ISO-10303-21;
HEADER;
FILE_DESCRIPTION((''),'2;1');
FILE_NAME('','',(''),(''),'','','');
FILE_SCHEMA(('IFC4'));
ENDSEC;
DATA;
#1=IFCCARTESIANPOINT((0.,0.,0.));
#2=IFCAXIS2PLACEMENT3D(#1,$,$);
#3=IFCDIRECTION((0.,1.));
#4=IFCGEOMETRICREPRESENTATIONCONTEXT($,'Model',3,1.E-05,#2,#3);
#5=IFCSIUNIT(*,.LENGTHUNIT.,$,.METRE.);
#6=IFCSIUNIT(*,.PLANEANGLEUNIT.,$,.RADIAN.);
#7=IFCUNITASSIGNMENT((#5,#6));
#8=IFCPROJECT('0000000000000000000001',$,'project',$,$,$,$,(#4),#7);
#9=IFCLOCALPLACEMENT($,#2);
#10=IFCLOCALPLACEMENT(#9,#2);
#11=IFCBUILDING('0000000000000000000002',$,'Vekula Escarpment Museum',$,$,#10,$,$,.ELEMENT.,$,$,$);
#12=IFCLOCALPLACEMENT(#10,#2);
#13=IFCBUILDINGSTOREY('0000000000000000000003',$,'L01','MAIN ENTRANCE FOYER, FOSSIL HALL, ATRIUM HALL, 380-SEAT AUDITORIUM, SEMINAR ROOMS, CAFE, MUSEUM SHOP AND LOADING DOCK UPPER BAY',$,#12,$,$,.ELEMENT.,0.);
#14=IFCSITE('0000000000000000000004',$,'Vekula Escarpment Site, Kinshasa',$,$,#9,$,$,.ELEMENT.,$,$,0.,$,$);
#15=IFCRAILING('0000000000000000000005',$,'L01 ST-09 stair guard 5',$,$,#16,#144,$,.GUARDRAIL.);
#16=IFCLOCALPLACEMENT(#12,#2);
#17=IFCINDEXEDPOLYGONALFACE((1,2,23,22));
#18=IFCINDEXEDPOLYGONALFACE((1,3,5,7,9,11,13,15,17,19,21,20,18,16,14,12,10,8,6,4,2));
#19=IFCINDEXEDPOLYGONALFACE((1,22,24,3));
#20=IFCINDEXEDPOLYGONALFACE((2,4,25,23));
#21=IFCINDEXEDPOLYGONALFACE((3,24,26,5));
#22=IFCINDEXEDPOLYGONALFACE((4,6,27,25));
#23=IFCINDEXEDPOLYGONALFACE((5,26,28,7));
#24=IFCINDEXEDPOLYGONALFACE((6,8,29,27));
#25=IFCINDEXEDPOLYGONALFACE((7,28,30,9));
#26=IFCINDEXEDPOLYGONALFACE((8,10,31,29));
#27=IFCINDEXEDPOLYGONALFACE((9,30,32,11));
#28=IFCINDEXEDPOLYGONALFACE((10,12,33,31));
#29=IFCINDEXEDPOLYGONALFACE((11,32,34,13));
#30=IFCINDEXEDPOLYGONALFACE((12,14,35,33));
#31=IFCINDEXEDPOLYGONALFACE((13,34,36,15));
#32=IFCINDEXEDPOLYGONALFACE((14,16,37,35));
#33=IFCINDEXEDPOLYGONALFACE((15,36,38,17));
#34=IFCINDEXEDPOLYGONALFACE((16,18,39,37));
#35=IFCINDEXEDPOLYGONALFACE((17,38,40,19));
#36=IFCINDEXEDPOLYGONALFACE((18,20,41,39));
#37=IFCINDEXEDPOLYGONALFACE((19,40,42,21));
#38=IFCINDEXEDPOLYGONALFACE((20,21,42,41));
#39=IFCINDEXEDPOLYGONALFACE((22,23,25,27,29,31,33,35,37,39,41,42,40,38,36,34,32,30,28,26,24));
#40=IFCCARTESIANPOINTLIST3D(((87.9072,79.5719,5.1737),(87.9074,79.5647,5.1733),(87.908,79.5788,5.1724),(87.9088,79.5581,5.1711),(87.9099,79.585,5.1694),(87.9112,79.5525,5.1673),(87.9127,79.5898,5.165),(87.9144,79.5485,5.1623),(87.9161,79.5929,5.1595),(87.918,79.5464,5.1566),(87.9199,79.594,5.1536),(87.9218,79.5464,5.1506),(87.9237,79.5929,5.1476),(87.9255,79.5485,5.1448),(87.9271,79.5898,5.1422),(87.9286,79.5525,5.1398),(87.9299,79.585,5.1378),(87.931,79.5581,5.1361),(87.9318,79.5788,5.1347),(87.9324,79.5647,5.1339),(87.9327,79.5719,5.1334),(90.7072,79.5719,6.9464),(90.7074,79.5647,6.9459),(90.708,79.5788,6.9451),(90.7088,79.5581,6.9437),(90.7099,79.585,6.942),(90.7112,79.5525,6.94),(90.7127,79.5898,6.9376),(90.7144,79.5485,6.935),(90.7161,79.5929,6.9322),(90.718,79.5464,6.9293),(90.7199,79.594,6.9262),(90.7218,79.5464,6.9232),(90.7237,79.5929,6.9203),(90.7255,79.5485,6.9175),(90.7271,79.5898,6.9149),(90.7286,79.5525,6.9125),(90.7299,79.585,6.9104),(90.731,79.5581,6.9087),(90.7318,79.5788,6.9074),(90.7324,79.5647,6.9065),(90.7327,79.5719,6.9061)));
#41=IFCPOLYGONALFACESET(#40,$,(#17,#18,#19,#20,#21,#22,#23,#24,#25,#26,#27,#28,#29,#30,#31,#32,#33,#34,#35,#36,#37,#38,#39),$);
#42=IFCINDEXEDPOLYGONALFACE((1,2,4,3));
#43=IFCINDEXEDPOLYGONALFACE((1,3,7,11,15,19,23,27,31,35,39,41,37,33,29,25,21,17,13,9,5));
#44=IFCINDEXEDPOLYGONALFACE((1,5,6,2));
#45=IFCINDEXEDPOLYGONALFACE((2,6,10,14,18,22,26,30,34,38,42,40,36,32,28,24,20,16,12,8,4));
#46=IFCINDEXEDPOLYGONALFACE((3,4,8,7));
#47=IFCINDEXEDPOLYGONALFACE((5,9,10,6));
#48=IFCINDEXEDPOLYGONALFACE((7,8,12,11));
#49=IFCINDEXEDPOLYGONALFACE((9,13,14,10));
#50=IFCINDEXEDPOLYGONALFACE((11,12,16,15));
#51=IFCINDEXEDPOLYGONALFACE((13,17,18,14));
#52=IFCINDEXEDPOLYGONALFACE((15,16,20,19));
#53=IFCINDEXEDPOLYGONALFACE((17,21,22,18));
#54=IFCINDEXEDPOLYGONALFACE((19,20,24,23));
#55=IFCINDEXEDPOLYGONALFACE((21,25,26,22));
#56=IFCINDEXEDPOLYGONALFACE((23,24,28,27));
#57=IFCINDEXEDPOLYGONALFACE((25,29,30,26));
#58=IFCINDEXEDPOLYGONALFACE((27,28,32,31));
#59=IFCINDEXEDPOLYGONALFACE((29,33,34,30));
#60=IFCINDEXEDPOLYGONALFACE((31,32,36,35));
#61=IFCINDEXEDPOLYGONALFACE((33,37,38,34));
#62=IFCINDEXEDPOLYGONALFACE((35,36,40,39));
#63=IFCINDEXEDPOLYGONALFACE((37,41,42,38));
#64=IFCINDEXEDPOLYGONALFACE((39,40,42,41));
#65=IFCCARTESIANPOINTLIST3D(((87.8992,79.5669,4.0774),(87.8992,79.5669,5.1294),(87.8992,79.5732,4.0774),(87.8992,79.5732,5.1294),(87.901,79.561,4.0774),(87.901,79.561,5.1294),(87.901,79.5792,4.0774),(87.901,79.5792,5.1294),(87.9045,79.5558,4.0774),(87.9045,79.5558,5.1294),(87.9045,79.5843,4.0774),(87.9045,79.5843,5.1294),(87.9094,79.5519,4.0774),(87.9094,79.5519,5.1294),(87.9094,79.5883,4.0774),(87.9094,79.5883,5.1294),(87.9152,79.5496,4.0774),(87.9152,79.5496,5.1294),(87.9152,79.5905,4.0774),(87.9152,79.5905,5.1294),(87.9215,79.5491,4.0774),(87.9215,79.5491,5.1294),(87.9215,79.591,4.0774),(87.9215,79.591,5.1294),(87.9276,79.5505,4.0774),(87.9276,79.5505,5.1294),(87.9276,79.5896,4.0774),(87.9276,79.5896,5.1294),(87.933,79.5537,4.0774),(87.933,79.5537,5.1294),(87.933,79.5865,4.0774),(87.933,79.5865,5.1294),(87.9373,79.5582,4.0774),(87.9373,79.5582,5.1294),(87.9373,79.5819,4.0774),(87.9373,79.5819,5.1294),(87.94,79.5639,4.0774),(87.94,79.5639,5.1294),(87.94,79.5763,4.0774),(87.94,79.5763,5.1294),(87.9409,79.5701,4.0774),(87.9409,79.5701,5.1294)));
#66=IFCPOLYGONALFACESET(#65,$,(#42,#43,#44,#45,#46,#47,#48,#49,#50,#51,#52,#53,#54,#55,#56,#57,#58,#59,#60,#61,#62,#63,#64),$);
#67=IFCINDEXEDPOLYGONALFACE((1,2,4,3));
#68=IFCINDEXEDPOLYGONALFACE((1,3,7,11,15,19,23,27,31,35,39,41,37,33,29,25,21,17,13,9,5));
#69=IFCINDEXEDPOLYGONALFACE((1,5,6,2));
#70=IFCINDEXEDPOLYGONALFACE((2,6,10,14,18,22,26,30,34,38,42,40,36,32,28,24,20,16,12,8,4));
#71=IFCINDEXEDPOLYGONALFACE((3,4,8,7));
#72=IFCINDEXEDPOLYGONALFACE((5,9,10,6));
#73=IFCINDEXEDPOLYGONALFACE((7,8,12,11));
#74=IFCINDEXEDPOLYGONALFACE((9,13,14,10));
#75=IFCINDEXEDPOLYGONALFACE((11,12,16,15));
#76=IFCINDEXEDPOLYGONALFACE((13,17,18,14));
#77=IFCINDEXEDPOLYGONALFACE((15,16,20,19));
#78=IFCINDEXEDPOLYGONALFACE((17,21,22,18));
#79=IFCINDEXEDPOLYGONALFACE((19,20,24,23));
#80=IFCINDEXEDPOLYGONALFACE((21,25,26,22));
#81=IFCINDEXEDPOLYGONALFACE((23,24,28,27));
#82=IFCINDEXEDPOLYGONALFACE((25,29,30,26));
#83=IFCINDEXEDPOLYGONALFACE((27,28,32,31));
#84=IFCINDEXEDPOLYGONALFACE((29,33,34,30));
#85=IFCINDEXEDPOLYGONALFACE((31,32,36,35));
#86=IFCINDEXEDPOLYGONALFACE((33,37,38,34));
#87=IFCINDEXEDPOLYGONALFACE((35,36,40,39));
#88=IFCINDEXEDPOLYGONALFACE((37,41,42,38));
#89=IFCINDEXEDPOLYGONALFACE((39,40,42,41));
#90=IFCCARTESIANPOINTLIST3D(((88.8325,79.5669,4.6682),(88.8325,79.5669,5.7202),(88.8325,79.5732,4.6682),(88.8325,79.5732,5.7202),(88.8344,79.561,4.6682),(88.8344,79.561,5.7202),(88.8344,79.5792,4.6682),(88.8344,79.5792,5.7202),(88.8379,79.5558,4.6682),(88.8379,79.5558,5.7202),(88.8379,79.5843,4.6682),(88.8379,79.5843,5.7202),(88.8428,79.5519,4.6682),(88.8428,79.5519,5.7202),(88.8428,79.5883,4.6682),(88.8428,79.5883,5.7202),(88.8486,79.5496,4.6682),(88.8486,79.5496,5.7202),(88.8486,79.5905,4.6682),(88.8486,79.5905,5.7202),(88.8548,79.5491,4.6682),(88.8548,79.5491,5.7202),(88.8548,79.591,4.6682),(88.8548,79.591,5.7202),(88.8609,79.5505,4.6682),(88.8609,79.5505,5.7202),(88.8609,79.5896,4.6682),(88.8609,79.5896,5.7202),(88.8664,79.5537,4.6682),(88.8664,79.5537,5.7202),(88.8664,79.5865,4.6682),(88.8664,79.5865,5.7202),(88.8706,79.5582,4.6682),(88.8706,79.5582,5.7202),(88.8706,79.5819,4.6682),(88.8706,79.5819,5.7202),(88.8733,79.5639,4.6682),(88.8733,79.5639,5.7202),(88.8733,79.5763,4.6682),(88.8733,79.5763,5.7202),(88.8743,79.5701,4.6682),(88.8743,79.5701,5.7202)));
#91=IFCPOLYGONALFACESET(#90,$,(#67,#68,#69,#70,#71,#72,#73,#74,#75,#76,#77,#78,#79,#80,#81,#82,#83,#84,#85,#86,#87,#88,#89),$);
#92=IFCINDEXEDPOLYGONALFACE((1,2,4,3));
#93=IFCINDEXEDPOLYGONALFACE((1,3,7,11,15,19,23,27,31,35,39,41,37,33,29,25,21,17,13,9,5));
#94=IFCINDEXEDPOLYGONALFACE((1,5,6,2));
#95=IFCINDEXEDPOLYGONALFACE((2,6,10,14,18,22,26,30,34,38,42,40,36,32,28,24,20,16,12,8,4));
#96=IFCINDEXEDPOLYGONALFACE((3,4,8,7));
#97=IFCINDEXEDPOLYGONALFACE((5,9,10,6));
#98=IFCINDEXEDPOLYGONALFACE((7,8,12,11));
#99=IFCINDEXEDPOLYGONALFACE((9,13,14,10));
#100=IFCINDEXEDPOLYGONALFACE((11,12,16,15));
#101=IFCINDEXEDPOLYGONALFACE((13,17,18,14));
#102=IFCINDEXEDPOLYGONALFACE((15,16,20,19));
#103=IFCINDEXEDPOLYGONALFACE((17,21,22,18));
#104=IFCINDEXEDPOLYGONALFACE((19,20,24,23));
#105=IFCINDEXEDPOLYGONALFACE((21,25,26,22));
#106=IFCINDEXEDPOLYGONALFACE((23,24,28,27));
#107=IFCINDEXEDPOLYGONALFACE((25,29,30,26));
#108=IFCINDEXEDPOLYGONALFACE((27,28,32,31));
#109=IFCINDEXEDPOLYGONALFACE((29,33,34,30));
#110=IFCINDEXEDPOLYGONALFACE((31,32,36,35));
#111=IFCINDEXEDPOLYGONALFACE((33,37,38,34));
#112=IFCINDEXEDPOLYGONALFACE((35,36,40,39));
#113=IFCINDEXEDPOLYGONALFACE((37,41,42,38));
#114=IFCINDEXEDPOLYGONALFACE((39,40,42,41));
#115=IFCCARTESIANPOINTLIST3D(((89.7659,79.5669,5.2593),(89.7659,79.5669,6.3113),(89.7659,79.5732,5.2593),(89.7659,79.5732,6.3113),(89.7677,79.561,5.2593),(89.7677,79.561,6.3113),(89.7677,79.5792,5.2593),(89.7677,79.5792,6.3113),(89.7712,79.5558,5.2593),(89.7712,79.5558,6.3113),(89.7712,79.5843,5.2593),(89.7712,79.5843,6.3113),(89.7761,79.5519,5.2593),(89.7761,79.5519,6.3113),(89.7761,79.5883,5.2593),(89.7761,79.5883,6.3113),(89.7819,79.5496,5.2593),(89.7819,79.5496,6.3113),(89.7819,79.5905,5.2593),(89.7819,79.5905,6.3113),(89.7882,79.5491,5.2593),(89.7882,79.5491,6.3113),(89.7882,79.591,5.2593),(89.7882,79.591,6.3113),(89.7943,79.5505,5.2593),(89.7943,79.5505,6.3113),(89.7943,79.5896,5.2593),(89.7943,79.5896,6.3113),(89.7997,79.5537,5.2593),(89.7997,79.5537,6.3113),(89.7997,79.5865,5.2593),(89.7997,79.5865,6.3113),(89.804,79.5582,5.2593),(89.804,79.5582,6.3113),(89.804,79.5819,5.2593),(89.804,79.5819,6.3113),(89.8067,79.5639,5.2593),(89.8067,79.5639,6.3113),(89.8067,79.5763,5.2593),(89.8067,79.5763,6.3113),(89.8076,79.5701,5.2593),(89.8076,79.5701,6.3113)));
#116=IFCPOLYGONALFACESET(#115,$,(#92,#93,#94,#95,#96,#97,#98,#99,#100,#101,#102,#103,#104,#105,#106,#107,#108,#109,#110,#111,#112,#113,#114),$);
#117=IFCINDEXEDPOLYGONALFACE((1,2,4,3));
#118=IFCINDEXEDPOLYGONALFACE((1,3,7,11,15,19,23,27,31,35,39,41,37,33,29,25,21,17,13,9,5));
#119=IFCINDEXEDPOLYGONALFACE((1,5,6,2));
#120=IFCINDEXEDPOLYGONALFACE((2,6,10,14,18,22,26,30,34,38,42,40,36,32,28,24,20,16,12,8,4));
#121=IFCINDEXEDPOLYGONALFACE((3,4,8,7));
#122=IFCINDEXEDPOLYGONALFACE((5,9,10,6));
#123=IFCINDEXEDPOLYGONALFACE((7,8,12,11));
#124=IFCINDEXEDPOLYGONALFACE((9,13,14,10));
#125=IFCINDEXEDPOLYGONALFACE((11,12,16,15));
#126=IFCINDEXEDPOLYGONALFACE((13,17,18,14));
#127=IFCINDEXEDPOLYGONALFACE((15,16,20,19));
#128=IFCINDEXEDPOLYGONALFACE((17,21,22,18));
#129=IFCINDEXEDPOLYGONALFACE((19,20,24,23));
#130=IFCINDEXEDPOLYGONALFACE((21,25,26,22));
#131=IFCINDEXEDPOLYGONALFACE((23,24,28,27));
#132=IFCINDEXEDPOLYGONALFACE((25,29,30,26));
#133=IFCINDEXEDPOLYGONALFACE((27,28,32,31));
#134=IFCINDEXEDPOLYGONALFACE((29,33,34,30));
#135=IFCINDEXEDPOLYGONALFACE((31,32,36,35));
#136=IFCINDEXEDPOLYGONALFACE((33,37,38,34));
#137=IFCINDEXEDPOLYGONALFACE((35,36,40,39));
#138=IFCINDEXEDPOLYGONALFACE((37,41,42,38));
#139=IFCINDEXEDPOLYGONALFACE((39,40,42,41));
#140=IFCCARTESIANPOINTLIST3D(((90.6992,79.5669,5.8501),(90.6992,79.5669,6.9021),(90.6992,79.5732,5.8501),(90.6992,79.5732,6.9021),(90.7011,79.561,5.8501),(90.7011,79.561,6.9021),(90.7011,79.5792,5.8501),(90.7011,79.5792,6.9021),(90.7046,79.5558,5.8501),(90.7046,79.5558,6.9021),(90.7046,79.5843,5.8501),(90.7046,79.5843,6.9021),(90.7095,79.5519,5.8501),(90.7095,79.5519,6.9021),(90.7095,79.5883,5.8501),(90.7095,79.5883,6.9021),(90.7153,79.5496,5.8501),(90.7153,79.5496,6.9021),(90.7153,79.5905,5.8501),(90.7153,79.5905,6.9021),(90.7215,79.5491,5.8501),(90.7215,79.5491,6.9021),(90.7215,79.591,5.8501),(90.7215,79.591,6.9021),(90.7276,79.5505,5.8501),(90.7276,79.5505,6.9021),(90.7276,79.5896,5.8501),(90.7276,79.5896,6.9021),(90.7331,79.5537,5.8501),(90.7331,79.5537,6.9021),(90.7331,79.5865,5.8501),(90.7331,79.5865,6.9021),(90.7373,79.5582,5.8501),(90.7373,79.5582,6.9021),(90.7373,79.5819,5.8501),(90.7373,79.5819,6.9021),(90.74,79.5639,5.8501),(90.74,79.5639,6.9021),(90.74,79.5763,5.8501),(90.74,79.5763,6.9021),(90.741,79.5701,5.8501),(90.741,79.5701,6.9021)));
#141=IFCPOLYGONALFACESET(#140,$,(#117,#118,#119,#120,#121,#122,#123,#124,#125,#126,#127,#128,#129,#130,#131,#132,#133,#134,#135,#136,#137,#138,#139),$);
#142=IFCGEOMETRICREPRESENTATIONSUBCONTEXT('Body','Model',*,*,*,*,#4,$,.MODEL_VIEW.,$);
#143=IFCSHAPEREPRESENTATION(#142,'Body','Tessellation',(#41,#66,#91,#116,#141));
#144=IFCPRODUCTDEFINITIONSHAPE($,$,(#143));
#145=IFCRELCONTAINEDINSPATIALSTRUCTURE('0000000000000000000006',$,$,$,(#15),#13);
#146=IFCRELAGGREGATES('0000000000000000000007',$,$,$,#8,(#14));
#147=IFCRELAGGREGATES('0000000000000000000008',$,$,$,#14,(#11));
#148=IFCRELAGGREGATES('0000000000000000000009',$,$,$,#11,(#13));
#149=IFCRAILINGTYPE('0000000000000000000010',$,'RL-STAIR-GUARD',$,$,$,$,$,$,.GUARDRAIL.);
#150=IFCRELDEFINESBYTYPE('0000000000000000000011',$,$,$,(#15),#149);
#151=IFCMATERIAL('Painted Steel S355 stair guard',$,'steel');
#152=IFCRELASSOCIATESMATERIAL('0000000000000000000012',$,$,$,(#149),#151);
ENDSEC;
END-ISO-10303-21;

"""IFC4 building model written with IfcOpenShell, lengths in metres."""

from ifc_helpers import new_model, si_unit, direction, frame, origin, origin_2d, place, context, subcontext, project, spatial, circle, extrude, material, type_object, element, save


model = new_model("IFC4")

# Units and contexts
model_context = context("Model", 3, precision=1e-05, world=origin(), true_north=direction((0.0, 1.0)))
body_context = subcontext(model_context, "Body", "Model", "MODEL_VIEW")
ifc_project = project(units=[si_unit("LENGTHUNIT", "METRE"), si_unit("PLANEANGLEUNIT", "RADIAN")], contexts=[model_context])

# Site, building, storey
site_placement = place(None, origin())
site = spatial("IfcSite", under=ifc_project, at=site_placement, Name="Vekula Escarpment Site, Kinshasa", CompositionType="ELEMENT", RefElevation=0.0)
building_placement = place(site_placement, origin())
building = spatial("IfcBuilding", under=site, at=building_placement, Name="Vekula Escarpment Museum", CompositionType="ELEMENT")
storey_placement = place(building_placement, origin())
storey = spatial("IfcBuildingStorey", under=building, at=storey_placement, Name="L01", Description="MAIN ENTRANCE FOYER, FOSSIL HALL, ATRIUM HALL, 380-SEAT AUDITORIUM, SEMINAR ROOMS, CAFE, MUSEUM SHOP AND LOADING DOCK UPPER BAY", CompositionType="ELEMENT", Elevation=0.0)

# Railing
ifc_material_1 = material(Name="Painted Steel S355 stair guard", Category="steel")
railing_type_1 = type_object("IfcRailingType", Name="RL-STAIR-GUARD", PredefinedType="GUARDRAIL", material=ifc_material_1)
railing_1_placement = place(storey_placement, frame((87.9199, 79.5701, 4.0774)))
element("IfcRailing", 1, at=railing_1_placement, inside=storey, type_object=railing_type_1, Name="L01 ST-09 stair guard 5", PredefinedType="GUARDRAIL", context=body_context, shape_type="SweptSolid", body=[
    extrude(circle(Radius=0.0239, at=origin_2d()), frame((0.0, 0.0, 1.0762), z_axis=(0.844909, 0.0, 0.53491), x_axis=(0.0, 1.0, 0.0)), (0.0, 0.0, 1.0), 3.314),
    extrude(circle(Radius=0.021, at=origin_2d()), origin(), (0.0, 0.0, 1.0), 1.052),
    extrude(circle(Radius=0.021, at=origin_2d()), frame((0.9333, 0.0, 0.5908)), (0.0, 0.0, 1.0), 1.052),
    extrude(circle(Radius=0.021, at=origin_2d()), frame((1.8667, 0.0, 1.1819)), (0.0, 0.0, 1.0), 1.052),
    extrude(circle(Radius=0.021, at=origin_2d()), frame((2.8, 0.0, 1.7727)), (0.0, 0.0, 1.0), 1.052),
])

save(model, "model.ifc")
